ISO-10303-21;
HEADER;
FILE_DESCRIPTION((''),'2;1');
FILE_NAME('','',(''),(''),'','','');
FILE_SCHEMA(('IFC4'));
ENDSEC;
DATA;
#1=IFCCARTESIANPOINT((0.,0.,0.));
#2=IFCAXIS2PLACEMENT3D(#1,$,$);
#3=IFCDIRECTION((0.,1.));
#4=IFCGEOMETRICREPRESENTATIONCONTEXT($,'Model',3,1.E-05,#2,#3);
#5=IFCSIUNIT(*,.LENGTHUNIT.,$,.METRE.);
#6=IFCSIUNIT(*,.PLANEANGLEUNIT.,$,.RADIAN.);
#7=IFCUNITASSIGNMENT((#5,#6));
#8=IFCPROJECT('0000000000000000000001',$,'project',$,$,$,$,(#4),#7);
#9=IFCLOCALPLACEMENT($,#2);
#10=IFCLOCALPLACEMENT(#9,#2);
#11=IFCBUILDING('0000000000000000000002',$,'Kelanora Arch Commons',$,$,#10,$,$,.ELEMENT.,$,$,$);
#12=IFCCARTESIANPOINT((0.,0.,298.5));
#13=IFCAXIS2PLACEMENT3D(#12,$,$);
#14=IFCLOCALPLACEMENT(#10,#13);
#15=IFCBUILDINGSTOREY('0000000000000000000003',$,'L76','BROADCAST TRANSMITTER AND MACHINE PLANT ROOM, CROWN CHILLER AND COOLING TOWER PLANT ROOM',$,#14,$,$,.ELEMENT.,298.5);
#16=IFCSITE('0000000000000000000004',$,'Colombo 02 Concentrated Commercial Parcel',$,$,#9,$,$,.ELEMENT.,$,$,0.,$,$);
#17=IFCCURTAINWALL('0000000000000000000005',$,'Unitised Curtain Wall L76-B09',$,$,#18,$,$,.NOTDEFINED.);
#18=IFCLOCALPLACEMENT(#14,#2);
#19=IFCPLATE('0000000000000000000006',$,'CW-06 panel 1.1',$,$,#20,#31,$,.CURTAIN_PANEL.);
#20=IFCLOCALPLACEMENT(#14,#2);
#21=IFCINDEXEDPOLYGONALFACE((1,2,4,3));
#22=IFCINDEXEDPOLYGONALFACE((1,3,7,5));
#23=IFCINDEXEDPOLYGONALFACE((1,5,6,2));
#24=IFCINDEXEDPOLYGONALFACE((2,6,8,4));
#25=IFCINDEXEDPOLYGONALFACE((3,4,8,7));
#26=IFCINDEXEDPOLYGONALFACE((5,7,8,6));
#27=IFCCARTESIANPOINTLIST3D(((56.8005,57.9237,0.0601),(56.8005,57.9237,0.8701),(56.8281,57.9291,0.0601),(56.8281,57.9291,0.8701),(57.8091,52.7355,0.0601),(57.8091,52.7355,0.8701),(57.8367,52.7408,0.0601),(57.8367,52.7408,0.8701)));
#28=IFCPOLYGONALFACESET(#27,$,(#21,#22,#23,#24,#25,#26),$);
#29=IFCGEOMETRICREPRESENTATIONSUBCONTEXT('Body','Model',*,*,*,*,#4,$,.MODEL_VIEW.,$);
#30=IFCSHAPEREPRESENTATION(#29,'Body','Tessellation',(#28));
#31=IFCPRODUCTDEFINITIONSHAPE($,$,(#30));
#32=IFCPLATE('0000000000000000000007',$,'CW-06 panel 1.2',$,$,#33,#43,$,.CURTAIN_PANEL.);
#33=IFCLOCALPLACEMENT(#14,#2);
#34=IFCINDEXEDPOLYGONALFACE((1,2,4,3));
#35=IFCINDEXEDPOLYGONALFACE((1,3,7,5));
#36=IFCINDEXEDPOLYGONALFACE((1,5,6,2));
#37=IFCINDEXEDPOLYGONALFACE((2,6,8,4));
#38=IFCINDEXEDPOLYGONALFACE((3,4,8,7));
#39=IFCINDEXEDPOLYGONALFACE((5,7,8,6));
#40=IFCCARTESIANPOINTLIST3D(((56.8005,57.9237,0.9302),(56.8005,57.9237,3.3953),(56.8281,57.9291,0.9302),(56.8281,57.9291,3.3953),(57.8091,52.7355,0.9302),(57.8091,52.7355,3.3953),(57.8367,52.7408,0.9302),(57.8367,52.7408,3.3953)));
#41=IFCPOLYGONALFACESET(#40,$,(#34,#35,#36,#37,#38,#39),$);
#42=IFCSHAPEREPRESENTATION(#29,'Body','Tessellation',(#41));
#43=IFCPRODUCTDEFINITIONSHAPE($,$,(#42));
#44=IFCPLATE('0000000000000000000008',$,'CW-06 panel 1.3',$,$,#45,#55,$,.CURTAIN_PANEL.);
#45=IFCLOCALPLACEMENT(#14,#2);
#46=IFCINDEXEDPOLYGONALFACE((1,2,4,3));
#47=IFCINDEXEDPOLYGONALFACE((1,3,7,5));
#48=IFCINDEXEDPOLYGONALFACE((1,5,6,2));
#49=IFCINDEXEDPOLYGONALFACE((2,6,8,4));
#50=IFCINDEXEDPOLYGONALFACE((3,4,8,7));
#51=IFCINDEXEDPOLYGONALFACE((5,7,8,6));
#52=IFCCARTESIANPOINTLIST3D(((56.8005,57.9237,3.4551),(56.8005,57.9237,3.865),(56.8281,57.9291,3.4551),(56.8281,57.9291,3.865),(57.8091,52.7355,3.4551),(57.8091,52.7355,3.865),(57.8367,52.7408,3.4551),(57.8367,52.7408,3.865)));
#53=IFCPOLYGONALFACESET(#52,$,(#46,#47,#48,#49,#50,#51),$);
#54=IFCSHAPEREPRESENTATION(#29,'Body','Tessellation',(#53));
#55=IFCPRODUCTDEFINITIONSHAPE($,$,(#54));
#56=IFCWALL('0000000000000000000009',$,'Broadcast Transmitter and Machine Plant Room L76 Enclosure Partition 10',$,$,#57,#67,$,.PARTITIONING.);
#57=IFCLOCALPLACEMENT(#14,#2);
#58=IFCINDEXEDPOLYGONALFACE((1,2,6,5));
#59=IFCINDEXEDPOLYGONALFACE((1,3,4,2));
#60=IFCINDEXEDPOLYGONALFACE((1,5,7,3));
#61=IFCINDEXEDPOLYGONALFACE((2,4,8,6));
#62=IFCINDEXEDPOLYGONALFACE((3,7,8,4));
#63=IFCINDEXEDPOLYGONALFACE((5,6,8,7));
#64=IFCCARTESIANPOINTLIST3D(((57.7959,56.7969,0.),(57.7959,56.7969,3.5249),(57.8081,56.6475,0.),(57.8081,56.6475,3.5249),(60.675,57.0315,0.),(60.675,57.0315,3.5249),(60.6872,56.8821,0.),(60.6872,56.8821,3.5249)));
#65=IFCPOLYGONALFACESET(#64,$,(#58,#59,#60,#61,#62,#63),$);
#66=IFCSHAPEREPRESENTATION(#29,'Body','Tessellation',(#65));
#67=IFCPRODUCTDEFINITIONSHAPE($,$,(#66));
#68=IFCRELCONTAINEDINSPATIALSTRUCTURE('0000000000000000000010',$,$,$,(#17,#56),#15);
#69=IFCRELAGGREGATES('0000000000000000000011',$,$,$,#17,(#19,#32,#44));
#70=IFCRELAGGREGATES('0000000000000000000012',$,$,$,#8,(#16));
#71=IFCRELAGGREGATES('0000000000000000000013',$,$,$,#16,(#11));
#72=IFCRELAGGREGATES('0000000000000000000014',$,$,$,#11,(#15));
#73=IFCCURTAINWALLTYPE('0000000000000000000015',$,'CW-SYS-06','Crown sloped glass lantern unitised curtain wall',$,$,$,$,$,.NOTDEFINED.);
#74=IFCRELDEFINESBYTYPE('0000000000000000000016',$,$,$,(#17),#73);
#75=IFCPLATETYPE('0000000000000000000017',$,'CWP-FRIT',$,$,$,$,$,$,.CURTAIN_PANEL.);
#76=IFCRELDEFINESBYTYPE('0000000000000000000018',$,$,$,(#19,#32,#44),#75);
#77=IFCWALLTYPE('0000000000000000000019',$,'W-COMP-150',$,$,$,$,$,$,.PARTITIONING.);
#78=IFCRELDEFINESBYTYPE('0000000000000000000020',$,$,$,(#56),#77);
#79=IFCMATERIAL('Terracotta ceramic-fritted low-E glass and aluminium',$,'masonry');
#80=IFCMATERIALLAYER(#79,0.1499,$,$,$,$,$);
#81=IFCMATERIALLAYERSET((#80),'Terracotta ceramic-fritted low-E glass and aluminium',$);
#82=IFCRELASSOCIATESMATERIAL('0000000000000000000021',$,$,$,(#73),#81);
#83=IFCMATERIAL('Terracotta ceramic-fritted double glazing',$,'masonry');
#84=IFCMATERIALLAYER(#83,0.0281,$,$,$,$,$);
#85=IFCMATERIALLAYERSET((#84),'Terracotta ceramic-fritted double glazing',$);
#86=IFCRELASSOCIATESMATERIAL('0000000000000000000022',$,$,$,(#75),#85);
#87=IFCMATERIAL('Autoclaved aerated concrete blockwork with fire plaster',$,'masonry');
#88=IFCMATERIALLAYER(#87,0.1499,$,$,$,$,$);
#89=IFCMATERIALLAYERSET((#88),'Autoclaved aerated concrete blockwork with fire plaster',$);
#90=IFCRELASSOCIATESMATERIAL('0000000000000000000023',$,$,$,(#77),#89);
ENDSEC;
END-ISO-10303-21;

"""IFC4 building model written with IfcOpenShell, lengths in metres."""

from ifc_helpers import new_model, si_unit, direction, frame, frame_2d, origin, origin_2d, place, context, subcontext, project, spatial, rectangle, extrude, source, transform, mapped, material, layer, layer_set, type_object, element, aggregate, save


model = new_model("IFC4")

# Units and contexts
model_context = context("Model", 3, precision=1e-05, world=origin(), true_north=direction((0.0, 1.0)))
body_context = subcontext(model_context, "Body", "Model", "MODEL_VIEW")
ifc_project = project(units=[si_unit("LENGTHUNIT", "METRE"), si_unit("PLANEANGLEUNIT", "RADIAN")], contexts=[model_context])

# Site, building, storey
site_placement = place(None, origin())
site = spatial("IfcSite", under=ifc_project, at=site_placement, Name="Colombo 02 Concentrated Commercial Parcel", CompositionType="ELEMENT", RefElevation=0.0)
building_placement = place(site_placement, origin())
building = spatial("IfcBuilding", under=site, at=building_placement, Name="Kelanora Arch Commons", CompositionType="ELEMENT")
storey_placement = place(building_placement, frame((0.0, 0.0, 298.5)))
storey = spatial("IfcBuildingStorey", under=building, at=storey_placement, Name="L76", Description="BROADCAST TRANSMITTER AND MACHINE PLANT ROOM, CROWN CHILLER AND COOLING TOWER PLANT ROOM", CompositionType="ELEMENT", Elevation=298.5)

# Curtain wall
ifc_material_1 = material(Name="Terracotta ceramic-fritted low-E glass and aluminium", Category="masonry")
ifc_layer_1 = layer(ifc_material_1, 0.1499)
ifc_layer_set_1 = layer_set([ifc_layer_1], Name="Terracotta ceramic-fritted low-E glass and aluminium")
curtain_wall_type = type_object("IfcCurtainWallType", Name="CW-SYS-06", Description="Crown sloped glass lantern unitised curtain wall", PredefinedType="NOTDEFINED", material=ifc_layer_set_1)
curtain_wall_1_placement = place(storey_placement, origin())
curtain_wall_1 = element("IfcCurtainWall", 1, at=curtain_wall_1_placement, inside=storey, type_object=curtain_wall_type, Name="Unitised Curtain Wall L76-B09", PredefinedType="NOTDEFINED")

# Plates
ifc_material_2 = material(Name="Terracotta ceramic-fritted double glazing", Category="masonry")
ifc_layer_2 = layer(ifc_material_2, 0.0281)
ifc_layer_set_2 = layer_set([ifc_layer_2], Name="Terracotta ceramic-fritted double glazing")
plate_type = type_object("IfcPlateType", Name="CWP-FRIT", PredefinedType="CURTAIN_PANEL", material=ifc_layer_set_2)
shared_shape_1 = source(origin(), body_context, "Body", "SweptSolid", [
    extrude(rectangle(XDim=5.2854, YDim=0.0281, at=origin_2d()), origin(), (0.0, 0.0, 1.0), 0.8101),
])
plate_1_placement = place(storey_placement, frame((57.3186, 55.3323, 0.0601), z_axis=(0.0, 0.0, 1.0), x_axis=(0.190827, -0.981624, 0.0)))
plate_1 = element("IfcPlate", 2, at=plate_1_placement, type_object=plate_type, Name="CW-06 panel 1.1", PredefinedType="CURTAIN_PANEL", context=body_context, shape_type="MappedRepresentation", body=[
    mapped(shared_shape_1, transform((0.0, 0.0, 0.0), scale=1.0)),
])
shared_shape_2 = source(origin(), body_context, "Body", "SweptSolid", [
    extrude(rectangle(XDim=5.2854, YDim=0.0281, at=origin_2d()), origin(), (0.0, 0.0, 1.0), 2.4651),
])
plate_2_placement = place(storey_placement, frame((57.3186, 55.3323, 0.9302), z_axis=(0.0, 0.0, 1.0), x_axis=(0.190827, -0.981624, 0.0)))
plate_2 = element("IfcPlate", 3, at=plate_2_placement, type_object=plate_type, Name="CW-06 panel 1.2", PredefinedType="CURTAIN_PANEL", context=body_context, shape_type="MappedRepresentation", body=[
    mapped(shared_shape_2, transform((0.0, 0.0, 0.0), scale=1.0)),
])
shared_shape_3 = source(origin(), body_context, "Body", "SweptSolid", [
    extrude(rectangle(XDim=5.2854, YDim=0.0281, at=origin_2d()), origin(), (0.0, 0.0, 1.0), 0.4099),
])
plate_3_placement = place(storey_placement, frame((57.3186, 55.3323, 3.4551), z_axis=(0.0, 0.0, 1.0), x_axis=(0.190827, -0.981624, 0.0)))
plate_3 = element("IfcPlate", 4, at=plate_3_placement, type_object=plate_type, Name="CW-06 panel 1.3", PredefinedType="CURTAIN_PANEL", context=body_context, shape_type="MappedRepresentation", body=[
    mapped(shared_shape_3, transform((0.0, 0.0, 0.0), scale=1.0)),
])
aggregate(curtain_wall_1, [plate_1, plate_2, plate_3])

# Wall
ifc_material_3 = material(Name="Autoclaved aerated concrete blockwork with fire plaster", Category="masonry")
ifc_layer_3 = layer(ifc_material_3, 0.1499)
ifc_layer_set_3 = layer_set([ifc_layer_3], Name="Autoclaved aerated concrete blockwork with fire plaster")
wall_type = type_object("IfcWallType", Name="W-COMP-150", PredefinedType="PARTITIONING", material=ifc_layer_set_3)
wall_placement = place(storey_placement, frame((57.802, 56.7222, 0.0), z_axis=(0.0, 0.0, 1.0), x_axis=(0.996696, 0.08122, 0.0)))
element("IfcWall", 5, at=wall_placement, inside=storey, type_object=wall_type, Name="Broadcast Transmitter and Machine Plant Room L76 Enclosure Partition 10", PredefinedType="PARTITIONING", context=body_context, shape_type="SweptSolid", body=[
    extrude(rectangle(XDim=2.8887, YDim=0.1499, at=frame_2d((1.4443, 0.0))), origin(), (0.0, 0.0, 1.0), 3.5249),
])

save(model, "model.ifc")
